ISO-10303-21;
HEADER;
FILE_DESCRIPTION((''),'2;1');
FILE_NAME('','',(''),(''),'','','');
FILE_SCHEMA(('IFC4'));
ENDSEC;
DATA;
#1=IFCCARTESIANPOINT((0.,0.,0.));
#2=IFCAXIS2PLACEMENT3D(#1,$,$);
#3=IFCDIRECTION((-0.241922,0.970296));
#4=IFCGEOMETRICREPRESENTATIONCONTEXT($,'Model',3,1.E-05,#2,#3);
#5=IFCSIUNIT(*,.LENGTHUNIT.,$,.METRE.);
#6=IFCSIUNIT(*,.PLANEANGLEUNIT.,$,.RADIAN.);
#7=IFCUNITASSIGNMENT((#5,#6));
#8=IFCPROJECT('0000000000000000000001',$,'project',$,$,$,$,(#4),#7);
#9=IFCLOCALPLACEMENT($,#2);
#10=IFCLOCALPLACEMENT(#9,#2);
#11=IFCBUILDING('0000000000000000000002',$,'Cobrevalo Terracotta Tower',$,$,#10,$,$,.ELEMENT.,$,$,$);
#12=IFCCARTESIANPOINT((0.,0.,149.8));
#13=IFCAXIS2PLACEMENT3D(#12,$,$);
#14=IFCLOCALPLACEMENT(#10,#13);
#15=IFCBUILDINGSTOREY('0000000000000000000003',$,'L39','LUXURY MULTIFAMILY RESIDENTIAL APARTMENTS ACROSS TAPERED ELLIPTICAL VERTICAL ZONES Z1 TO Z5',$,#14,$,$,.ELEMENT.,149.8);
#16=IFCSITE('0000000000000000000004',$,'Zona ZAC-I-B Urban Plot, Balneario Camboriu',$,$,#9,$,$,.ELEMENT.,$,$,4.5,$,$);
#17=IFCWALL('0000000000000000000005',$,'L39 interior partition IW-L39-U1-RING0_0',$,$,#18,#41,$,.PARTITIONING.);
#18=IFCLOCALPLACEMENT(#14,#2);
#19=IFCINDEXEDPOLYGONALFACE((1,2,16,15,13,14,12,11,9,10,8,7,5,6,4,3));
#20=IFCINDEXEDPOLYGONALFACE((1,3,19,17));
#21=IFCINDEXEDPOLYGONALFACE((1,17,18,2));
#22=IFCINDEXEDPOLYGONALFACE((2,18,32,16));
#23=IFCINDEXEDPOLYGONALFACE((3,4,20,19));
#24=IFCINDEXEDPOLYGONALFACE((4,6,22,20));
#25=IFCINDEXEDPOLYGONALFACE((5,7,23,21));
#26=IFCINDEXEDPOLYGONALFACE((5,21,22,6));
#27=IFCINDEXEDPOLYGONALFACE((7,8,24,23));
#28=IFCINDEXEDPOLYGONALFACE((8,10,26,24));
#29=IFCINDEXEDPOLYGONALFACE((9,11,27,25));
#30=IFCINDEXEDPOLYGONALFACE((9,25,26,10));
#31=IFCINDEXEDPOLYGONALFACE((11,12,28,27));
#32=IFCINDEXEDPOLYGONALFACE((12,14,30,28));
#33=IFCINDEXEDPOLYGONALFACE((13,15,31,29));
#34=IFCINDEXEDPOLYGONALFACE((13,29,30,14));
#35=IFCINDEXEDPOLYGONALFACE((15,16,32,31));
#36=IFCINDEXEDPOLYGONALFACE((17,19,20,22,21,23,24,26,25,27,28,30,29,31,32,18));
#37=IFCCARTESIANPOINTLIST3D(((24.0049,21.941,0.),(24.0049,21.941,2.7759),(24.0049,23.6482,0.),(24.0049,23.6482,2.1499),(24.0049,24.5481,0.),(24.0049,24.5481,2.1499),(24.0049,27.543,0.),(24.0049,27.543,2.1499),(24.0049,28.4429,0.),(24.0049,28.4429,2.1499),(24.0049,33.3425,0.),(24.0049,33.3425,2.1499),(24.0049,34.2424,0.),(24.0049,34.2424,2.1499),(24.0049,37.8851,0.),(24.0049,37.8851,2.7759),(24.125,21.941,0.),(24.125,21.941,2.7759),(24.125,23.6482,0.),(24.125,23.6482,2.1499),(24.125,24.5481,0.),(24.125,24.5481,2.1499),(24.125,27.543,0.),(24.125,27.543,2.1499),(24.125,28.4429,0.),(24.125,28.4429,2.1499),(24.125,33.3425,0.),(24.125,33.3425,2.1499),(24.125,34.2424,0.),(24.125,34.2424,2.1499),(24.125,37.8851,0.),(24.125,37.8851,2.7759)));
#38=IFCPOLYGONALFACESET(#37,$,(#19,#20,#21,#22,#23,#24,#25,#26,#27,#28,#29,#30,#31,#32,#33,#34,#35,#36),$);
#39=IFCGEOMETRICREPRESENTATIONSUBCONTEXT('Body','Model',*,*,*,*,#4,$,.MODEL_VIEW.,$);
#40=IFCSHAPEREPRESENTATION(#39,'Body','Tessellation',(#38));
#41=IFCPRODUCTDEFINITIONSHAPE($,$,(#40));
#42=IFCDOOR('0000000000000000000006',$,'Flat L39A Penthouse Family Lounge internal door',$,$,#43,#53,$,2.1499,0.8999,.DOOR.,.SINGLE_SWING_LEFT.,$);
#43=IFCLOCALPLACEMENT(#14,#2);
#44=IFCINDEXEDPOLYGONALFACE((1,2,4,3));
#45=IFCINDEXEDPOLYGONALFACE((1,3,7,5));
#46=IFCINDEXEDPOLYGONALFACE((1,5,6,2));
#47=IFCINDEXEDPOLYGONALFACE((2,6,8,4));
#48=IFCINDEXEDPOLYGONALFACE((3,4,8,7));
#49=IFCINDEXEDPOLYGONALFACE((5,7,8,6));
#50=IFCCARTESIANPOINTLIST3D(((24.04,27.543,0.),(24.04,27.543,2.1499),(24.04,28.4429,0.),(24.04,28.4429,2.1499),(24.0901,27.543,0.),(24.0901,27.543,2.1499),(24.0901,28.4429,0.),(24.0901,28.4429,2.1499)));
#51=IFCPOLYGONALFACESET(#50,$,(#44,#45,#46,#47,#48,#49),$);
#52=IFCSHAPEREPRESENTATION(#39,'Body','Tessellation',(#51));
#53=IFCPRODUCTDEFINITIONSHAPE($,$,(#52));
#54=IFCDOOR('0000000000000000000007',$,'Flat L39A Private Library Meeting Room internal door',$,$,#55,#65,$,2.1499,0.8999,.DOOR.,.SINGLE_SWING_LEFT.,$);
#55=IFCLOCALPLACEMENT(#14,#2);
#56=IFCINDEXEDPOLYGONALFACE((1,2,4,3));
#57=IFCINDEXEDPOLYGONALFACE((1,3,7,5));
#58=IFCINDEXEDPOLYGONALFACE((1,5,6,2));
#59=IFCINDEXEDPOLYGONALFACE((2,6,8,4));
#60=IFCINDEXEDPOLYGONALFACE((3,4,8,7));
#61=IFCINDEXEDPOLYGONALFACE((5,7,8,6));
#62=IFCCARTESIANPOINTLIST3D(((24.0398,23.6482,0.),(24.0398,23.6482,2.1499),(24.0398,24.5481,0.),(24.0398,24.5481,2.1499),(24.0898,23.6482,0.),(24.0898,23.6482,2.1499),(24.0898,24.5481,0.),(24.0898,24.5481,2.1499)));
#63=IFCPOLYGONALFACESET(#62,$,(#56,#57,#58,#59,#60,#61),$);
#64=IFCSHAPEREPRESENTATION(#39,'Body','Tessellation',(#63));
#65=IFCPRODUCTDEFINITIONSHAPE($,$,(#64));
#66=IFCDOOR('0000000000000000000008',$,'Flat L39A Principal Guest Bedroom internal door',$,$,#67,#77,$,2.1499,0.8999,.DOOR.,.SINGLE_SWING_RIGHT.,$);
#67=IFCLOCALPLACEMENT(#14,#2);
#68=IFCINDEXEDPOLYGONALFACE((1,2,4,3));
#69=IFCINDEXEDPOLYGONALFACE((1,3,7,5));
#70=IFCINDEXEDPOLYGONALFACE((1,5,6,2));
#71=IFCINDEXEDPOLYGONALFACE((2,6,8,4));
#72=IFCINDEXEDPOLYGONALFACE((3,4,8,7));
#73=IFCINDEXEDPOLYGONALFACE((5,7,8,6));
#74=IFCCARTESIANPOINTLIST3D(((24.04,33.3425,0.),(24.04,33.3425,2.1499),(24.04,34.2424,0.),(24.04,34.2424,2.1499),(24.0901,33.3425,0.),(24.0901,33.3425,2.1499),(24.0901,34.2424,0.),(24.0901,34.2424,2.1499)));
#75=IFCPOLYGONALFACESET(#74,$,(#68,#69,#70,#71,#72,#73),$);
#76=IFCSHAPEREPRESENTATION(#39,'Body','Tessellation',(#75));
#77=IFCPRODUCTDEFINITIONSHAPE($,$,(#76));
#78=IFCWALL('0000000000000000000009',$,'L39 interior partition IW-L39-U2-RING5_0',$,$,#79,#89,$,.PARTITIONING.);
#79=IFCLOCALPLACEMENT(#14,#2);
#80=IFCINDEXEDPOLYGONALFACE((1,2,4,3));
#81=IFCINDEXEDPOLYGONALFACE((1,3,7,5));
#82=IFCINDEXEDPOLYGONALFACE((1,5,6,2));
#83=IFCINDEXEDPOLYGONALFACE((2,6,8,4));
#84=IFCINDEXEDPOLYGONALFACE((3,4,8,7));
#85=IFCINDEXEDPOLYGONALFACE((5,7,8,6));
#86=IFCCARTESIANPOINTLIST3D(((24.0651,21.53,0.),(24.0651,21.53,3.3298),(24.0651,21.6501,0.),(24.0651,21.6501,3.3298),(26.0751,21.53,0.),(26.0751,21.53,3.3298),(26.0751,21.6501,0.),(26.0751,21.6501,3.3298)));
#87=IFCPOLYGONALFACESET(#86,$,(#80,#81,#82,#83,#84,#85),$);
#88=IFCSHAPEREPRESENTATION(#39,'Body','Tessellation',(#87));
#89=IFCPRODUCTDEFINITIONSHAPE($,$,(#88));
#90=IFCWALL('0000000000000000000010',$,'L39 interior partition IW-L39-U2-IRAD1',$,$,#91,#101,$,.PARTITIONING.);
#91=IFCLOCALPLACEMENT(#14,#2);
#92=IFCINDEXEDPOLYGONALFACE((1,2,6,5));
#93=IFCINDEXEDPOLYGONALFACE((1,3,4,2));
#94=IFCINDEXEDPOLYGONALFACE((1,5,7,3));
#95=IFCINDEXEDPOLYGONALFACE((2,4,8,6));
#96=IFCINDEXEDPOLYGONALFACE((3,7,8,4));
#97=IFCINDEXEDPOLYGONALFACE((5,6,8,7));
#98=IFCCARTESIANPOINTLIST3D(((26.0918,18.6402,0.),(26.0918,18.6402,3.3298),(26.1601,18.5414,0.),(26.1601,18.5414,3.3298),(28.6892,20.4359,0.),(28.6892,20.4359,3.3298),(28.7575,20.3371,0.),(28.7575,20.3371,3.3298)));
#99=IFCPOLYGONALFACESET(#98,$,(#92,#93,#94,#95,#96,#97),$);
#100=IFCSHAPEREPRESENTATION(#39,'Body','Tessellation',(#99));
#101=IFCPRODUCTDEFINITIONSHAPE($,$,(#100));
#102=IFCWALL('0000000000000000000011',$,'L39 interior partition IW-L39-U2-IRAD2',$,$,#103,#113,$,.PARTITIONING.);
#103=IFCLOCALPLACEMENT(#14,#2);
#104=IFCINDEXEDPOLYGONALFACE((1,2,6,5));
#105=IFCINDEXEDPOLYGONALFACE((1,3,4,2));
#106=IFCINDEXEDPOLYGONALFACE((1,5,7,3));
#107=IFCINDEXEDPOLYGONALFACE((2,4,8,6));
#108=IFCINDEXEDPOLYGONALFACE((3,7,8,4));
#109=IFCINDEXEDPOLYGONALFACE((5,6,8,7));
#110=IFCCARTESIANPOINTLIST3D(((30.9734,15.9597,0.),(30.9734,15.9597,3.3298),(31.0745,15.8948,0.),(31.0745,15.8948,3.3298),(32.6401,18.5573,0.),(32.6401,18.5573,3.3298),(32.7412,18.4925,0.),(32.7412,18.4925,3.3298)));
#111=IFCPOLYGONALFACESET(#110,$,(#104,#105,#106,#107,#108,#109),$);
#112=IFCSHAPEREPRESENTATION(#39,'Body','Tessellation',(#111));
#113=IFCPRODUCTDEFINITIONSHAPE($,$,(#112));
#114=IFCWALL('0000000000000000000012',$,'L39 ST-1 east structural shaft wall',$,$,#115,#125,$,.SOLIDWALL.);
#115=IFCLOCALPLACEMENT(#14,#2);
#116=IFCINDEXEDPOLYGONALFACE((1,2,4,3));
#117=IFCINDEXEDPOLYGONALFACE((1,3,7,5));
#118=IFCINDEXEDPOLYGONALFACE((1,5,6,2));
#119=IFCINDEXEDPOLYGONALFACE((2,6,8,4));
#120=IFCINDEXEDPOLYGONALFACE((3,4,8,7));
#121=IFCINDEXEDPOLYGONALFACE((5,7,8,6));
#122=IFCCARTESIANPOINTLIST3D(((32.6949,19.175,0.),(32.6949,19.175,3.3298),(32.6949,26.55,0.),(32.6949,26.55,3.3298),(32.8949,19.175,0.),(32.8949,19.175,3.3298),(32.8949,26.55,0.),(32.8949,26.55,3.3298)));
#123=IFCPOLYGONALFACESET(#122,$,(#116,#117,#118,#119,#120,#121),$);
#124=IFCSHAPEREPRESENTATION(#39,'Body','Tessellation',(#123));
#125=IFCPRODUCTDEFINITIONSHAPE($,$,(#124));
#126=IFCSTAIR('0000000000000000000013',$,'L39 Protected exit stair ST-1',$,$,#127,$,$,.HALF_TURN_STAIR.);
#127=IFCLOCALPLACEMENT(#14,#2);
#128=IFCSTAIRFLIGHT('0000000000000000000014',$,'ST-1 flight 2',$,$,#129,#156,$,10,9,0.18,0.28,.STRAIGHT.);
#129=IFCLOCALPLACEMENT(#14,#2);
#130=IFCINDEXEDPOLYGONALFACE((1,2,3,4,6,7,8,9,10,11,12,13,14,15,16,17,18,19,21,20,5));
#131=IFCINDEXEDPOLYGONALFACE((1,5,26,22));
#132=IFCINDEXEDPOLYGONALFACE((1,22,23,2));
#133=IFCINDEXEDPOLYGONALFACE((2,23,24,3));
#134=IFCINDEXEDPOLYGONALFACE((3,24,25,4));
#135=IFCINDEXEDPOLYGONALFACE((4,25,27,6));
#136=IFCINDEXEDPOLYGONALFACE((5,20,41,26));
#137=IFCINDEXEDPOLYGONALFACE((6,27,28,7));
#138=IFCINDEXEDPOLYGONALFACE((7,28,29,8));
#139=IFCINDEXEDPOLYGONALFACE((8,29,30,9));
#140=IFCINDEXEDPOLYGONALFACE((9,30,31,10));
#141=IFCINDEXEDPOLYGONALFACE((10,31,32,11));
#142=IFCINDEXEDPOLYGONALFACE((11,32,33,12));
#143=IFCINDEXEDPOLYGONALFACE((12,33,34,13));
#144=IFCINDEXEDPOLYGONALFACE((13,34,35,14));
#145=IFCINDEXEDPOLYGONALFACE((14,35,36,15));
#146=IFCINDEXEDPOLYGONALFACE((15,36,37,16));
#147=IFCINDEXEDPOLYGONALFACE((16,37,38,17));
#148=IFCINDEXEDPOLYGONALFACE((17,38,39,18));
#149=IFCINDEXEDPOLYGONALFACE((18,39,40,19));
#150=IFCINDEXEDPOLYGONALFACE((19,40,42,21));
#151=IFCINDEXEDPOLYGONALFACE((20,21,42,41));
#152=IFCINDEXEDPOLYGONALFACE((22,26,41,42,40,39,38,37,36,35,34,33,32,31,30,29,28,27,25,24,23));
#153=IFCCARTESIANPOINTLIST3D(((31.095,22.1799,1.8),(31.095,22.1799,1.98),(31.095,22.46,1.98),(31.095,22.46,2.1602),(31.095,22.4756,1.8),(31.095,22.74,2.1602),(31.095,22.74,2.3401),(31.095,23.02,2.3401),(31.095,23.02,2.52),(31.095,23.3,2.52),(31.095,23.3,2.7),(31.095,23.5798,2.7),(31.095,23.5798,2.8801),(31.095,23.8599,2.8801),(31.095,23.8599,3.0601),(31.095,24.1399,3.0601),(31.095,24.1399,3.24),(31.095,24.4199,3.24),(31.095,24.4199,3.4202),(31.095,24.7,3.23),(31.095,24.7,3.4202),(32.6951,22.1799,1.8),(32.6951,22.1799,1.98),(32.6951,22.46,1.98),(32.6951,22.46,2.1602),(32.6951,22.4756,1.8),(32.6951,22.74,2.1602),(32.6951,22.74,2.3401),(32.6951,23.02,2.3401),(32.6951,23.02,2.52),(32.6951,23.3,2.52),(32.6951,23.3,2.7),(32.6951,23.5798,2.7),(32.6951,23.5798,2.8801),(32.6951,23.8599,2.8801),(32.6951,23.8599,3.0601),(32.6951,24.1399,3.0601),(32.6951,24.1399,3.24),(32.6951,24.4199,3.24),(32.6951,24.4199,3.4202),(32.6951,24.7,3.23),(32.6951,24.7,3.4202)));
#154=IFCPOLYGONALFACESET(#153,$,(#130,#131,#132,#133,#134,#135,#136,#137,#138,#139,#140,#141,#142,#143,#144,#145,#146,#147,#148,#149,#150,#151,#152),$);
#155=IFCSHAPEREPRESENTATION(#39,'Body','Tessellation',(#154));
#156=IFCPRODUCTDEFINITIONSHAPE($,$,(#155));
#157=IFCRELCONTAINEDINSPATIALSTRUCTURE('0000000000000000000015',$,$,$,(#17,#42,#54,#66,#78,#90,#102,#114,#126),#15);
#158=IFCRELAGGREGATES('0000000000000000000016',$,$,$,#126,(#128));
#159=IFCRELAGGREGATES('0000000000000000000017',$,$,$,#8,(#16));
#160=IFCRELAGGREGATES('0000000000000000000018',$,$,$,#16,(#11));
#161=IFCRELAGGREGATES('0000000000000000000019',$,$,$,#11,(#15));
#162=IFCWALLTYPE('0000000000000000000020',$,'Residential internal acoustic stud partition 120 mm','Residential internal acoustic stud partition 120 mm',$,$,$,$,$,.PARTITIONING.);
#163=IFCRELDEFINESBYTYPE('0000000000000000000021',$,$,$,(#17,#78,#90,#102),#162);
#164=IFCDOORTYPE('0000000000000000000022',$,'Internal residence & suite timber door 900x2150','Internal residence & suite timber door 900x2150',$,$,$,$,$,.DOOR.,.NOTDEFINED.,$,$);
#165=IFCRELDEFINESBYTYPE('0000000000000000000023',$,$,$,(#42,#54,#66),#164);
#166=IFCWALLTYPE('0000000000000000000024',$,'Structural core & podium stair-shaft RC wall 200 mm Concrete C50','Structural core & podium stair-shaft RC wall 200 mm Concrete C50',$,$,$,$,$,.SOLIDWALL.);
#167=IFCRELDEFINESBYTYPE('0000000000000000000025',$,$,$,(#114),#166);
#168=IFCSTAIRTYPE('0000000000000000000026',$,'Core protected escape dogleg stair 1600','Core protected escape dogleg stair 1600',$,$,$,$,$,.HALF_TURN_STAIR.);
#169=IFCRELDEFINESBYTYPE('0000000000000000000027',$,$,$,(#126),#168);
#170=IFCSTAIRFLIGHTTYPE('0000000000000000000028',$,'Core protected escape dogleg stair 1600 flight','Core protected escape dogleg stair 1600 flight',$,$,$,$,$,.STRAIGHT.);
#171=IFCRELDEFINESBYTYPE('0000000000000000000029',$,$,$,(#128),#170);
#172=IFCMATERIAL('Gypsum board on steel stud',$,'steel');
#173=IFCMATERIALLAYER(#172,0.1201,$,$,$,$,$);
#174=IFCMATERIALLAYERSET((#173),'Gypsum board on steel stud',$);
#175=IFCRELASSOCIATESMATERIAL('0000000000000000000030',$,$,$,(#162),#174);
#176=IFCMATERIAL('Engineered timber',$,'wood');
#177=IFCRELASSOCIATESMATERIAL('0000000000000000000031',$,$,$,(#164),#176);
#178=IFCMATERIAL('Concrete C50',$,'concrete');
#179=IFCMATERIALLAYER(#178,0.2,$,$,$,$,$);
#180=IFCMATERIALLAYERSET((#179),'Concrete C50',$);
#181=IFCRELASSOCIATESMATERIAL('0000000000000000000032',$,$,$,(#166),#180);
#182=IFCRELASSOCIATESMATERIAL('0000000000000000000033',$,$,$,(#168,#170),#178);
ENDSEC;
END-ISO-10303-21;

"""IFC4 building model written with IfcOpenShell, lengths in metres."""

from ifc_helpers import new_model, si_unit, direction, frame, frame_2d, origin, place, context, subcontext, project, spatial, polyline, rectangle, outline, extrude, source, transform, mapped, material, layer, layer_set, type_object, element, fill, aggregate, save


model = new_model("IFC4")

# Units and contexts
model_context = context("Model", 3, precision=1e-05, world=origin(), true_north=direction((-0.241922, 0.970296)))
body_context = subcontext(model_context, "Body", "Model", "MODEL_VIEW")
ifc_project = project(units=[si_unit("LENGTHUNIT", "METRE"), si_unit("PLANEANGLEUNIT", "RADIAN")], contexts=[model_context])

# Site, building, storey
site_placement = place(None, origin())
site = spatial("IfcSite", under=ifc_project, at=site_placement, Name="Zona ZAC-I-B Urban Plot, Balneario Camboriu", CompositionType="ELEMENT", RefElevation=4.5)
building_placement = place(site_placement, origin())
building = spatial("IfcBuilding", under=site, at=building_placement, Name="Cobrevalo Terracotta Tower", CompositionType="ELEMENT")
storey_placement = place(building_placement, frame((0.0, 0.0, 149.8)))
storey = spatial("IfcBuildingStorey", under=building, at=storey_placement, Name="L39", Description="LUXURY MULTIFAMILY RESIDENTIAL APARTMENTS ACROSS TAPERED ELLIPTICAL VERTICAL ZONES Z1 TO Z5", CompositionType="ELEMENT", Elevation=149.8)

# Shared definitions
ifc_material_1 = material(Name="Gypsum board on steel stud", Category="steel")

# Wall, openings, doors
ifc_layer_1 = layer(ifc_material_1, 0.1201)
ifc_layer_set_1 = layer_set([ifc_layer_1], Name="Gypsum board on steel stud")
wall_type_1 = type_object("IfcWallType", Name="Residential internal acoustic stud partition 120 mm", Description="Residential internal acoustic stud partition 120 mm", PredefinedType="PARTITIONING", material=ifc_layer_set_1)
wall_1_placement = place(storey_placement, frame((24.0649, 21.9409, 0.0), z_axis=(0.0, 0.0, 1.0), x_axis=(0.0, 1.0, 0.0)))
wall_1 = element("IfcWall", 1, at=wall_1_placement, inside=storey, type_object=wall_type_1, Name="L39 interior partition IW-L39-U1-RING0_0", PredefinedType="PARTITIONING", context=body_context, shape_type="SweptSolid", body=[
    extrude(rectangle(XDim=15.9441, YDim=0.1201, at=frame_2d((7.9722, 0.0))), origin(), (0.0, 0.0, 1.0), 2.7759),
])
opening_1_placement = place(wall_1_placement, frame((5.6021, 0.0, 0.0)))
opening_1 = element("IfcOpeningElement", 2, at=opening_1_placement, cuts=wall_1, PredefinedType="OPENING", context=body_context, shape_type="SweptSolid", body=[
    extrude(rectangle(XDim=0.8999, YDim=2.1499, at=frame_2d((0.45, 1.075))), frame((0.0, 0.0701, 0.0), z_axis=(0.0, -1.0, 0.0), x_axis=(1.0, 0.0, 0.0)), (0.0, 0.0, 1.0), 0.1401),
])
opening_2_placement = place(wall_1_placement, frame((1.7073, 0.0, 0.0)))
opening_2 = element("IfcOpeningElement", 3, at=opening_2_placement, cuts=wall_1, PredefinedType="OPENING", context=body_context, shape_type="SweptSolid", body=[
    extrude(rectangle(XDim=0.8999, YDim=2.1499, at=frame_2d((0.45, 1.075))), frame((0.0, 0.0701, 0.0), z_axis=(0.0, -1.0, 0.0), x_axis=(1.0, 0.0, 0.0)), (0.0, 0.0, 1.0), 0.1401),
])
opening_3_placement = place(wall_1_placement, frame((11.4016, 0.0, 0.0)))
opening_3 = element("IfcOpeningElement", 4, at=opening_3_placement, cuts=wall_1, PredefinedType="OPENING", context=body_context, shape_type="SweptSolid", body=[
    extrude(rectangle(XDim=0.8999, YDim=2.1499, at=frame_2d((0.45, 1.075))), frame((0.0, 0.0701, 0.0), z_axis=(0.0, -1.0, 0.0), x_axis=(1.0, 0.0, 0.0)), (0.0, 0.0, 1.0), 0.1401),
])
ifc_material_2 = material(Name="Engineered timber", Category="wood")
door_type_1 = type_object("IfcDoorType", Name="Internal residence & suite timber door 900x2150", Description="Internal residence & suite timber door 900x2150", OperationType="NOTDEFINED", PredefinedType="DOOR", material=ifc_material_2)
shared_shape_1 = source(origin(), body_context, "Body", "SweptSolid", [
    extrude(rectangle(XDim=0.8999, YDim=2.1499, at=frame_2d((0.45, 1.075))), frame((0.0, 0.0249, 0.0), z_axis=(0.0, -1.0, 0.0), x_axis=(1.0, 0.0, 0.0)), (0.0, 0.0, 1.0), 0.05),
])
door_1_placement = place(opening_1_placement, origin())
door_1 = element("IfcDoor", 5, at=door_1_placement, inside=storey, type_object=door_type_1, Name="Flat L39A Penthouse Family Lounge internal door", OperationType="SINGLE_SWING_LEFT", OverallHeight=2.1499, OverallWidth=0.8999, PredefinedType="DOOR", context=body_context, shape_type="MappedRepresentation", body=[
    mapped(shared_shape_1, transform((0.0, 0.0, 0.0), scale=1.0)),
])
fill(opening_1, door_1)
door_2_placement = place(opening_2_placement, frame((0.8999, 0.0, 0.0), z_axis=(0.0, 0.0, 1.0), x_axis=(-1.0, 0.0, 0.0)))
door_2 = element("IfcDoor", 6, at=door_2_placement, inside=storey, type_object=door_type_1, Name="Flat L39A Private Library Meeting Room internal door", OperationType="SINGLE_SWING_LEFT", OverallHeight=2.1499, OverallWidth=0.8999, PredefinedType="DOOR", context=body_context, shape_type="MappedRepresentation", body=[
    mapped(shared_shape_1, transform((0.0, 0.0, 0.0), scale=1.0)),
])
fill(opening_2, door_2)
door_3_placement = place(opening_3_placement, origin())
door_3 = element("IfcDoor", 7, at=door_3_placement, inside=storey, type_object=door_type_1, Name="Flat L39A Principal Guest Bedroom internal door", OperationType="SINGLE_SWING_RIGHT", OverallHeight=2.1499, OverallWidth=0.8999, PredefinedType="DOOR", context=body_context, shape_type="MappedRepresentation", body=[
    mapped(shared_shape_1, transform((0.0, 0.0, 0.0), scale=1.0)),
])
fill(opening_3, door_3)

# Walls
wall_2_placement = place(storey_placement, frame((26.075, 21.5901, 0.0), z_axis=(0.0, 0.0, 1.0), x_axis=(-1.0, 0.0, 0.0)))
element("IfcWall", 8, at=wall_2_placement, inside=storey, type_object=wall_type_1, Name="L39 interior partition IW-L39-U2-RING5_0", PredefinedType="PARTITIONING", context=body_context, shape_type="SweptSolid", body=[
    extrude(rectangle(XDim=2.01, YDim=0.1201, at=frame_2d((1.0049, 0.0))), origin(), (0.0, 0.0, 1.0), 3.3298),
])
wall_3_placement = place(storey_placement, frame((28.7234, 20.3865, 0.0), z_axis=(0.0, 0.0, 1.0), x_axis=(-0.822571, -0.568663, 0.0)))
element("IfcWall", 9, at=wall_3_placement, inside=storey, type_object=wall_type_1, Name="L39 interior partition IW-L39-U2-IRAD1", PredefinedType="PARTITIONING", context=body_context, shape_type="SweptSolid", body=[
    extrude(rectangle(XDim=3.1577, YDim=0.1201, at=frame_2d((1.5789, 0.0))), origin(), (0.0, 0.0, 1.0), 3.3298),
])
wall_4_placement = place(storey_placement, frame((32.6907, 18.5249, 0.0), z_axis=(0.0, 0.0, 1.0), x_axis=(-0.54003, -0.841646, 0.0)))
element("IfcWall", 10, at=wall_4_placement, inside=storey, type_object=wall_type_1, Name="L39 interior partition IW-L39-U2-IRAD2", PredefinedType="PARTITIONING", context=body_context, shape_type="SweptSolid", body=[
    extrude(rectangle(XDim=3.0864, YDim=0.1201, at=frame_2d((1.5432, 0.0))), origin(), (0.0, 0.0, 1.0), 3.3298),
])
ifc_material_3 = material(Name="Concrete C50", Category="concrete")
ifc_layer_2 = layer(ifc_material_3, 0.2)
ifc_layer_set_2 = layer_set([ifc_layer_2], Name="Concrete C50")
wall_type_2 = type_object("IfcWallType", Name="Structural core & podium stair-shaft RC wall 200 mm Concrete C50", Description="Structural core & podium stair-shaft RC wall 200 mm Concrete C50", PredefinedType="SOLIDWALL", material=ifc_layer_set_2)
wall_5_placement = place(storey_placement, frame((32.7949, 19.175, 0.0), z_axis=(0.0, 0.0, 1.0), x_axis=(0.0, 1.0, 0.0)))
element("IfcWall", 11, at=wall_5_placement, inside=storey, type_object=wall_type_2, Name="L39 ST-1 east structural shaft wall", PredefinedType="SOLIDWALL", context=body_context, shape_type="SweptSolid", body=[
    extrude(rectangle(XDim=7.375, YDim=0.2, at=frame_2d((3.6875, 0.0))), origin(), (0.0, 0.0, 1.0), 3.3298),
])

# Stair, stair flight
stair_type = type_object("IfcStairType", Name="Core protected escape dogleg stair 1600", Description="Core protected escape dogleg stair 1600", PredefinedType="HALF_TURN_STAIR", material=ifc_material_3)
stair_placement = place(storey_placement, origin())
stair = element("IfcStair", 12, at=stair_placement, inside=storey, type_object=stair_type, Name="L39 Protected exit stair ST-1", PredefinedType="HALF_TURN_STAIR")
stair_flight_type = type_object("IfcStairFlightType", Name="Core protected escape dogleg stair 1600 flight", Description="Core protected escape dogleg stair 1600 flight", PredefinedType="STRAIGHT", material=ifc_material_3)
stair_flight_placement = place(storey_placement, frame((31.895, 22.1799, 1.8), z_axis=(0.0, 0.0, 1.0), x_axis=(0.0, 1.0, 0.0)))
stair_flight = element("IfcStairFlight", 13, at=stair_flight_placement, type_object=stair_flight_type, Name="ST-1 flight 2", NumberOfRisers=10, NumberOfTreads=9, PredefinedType="STRAIGHT", RiserHeight=0.18, TreadLength=0.28, context=body_context, shape_type="SweptSolid", body=[
    extrude(outline(polyline([(0.0, 0.0), (0.0, 0.1799), (0.28, 0.1799), (0.28, 0.3601), (0.5601, 0.3601), (0.5601, 0.54), (0.8401, 0.54), (0.8401, 0.72), (1.1201, 0.72), (1.1201, 0.8999), (1.3999, 0.8999), (1.3999, 1.0801), (1.6799, 1.0801), (1.6799, 1.26), (1.96, 1.26), (1.96, 1.4399), (2.24, 1.4399), (2.24, 1.6201), (2.52, 1.6201), (2.52, 1.8), (2.52, 1.4299), (0.2957, 0.0), (0.0, 0.0)])), frame((0.0, 0.8, 0.0), z_axis=(0.0, -1.0, 0.0), x_axis=(1.0, 0.0, 0.0)), (0.0, 0.0, 1.0), 1.6001),
])
aggregate(stair, [stair_flight])

save(model, "model.ifc")
